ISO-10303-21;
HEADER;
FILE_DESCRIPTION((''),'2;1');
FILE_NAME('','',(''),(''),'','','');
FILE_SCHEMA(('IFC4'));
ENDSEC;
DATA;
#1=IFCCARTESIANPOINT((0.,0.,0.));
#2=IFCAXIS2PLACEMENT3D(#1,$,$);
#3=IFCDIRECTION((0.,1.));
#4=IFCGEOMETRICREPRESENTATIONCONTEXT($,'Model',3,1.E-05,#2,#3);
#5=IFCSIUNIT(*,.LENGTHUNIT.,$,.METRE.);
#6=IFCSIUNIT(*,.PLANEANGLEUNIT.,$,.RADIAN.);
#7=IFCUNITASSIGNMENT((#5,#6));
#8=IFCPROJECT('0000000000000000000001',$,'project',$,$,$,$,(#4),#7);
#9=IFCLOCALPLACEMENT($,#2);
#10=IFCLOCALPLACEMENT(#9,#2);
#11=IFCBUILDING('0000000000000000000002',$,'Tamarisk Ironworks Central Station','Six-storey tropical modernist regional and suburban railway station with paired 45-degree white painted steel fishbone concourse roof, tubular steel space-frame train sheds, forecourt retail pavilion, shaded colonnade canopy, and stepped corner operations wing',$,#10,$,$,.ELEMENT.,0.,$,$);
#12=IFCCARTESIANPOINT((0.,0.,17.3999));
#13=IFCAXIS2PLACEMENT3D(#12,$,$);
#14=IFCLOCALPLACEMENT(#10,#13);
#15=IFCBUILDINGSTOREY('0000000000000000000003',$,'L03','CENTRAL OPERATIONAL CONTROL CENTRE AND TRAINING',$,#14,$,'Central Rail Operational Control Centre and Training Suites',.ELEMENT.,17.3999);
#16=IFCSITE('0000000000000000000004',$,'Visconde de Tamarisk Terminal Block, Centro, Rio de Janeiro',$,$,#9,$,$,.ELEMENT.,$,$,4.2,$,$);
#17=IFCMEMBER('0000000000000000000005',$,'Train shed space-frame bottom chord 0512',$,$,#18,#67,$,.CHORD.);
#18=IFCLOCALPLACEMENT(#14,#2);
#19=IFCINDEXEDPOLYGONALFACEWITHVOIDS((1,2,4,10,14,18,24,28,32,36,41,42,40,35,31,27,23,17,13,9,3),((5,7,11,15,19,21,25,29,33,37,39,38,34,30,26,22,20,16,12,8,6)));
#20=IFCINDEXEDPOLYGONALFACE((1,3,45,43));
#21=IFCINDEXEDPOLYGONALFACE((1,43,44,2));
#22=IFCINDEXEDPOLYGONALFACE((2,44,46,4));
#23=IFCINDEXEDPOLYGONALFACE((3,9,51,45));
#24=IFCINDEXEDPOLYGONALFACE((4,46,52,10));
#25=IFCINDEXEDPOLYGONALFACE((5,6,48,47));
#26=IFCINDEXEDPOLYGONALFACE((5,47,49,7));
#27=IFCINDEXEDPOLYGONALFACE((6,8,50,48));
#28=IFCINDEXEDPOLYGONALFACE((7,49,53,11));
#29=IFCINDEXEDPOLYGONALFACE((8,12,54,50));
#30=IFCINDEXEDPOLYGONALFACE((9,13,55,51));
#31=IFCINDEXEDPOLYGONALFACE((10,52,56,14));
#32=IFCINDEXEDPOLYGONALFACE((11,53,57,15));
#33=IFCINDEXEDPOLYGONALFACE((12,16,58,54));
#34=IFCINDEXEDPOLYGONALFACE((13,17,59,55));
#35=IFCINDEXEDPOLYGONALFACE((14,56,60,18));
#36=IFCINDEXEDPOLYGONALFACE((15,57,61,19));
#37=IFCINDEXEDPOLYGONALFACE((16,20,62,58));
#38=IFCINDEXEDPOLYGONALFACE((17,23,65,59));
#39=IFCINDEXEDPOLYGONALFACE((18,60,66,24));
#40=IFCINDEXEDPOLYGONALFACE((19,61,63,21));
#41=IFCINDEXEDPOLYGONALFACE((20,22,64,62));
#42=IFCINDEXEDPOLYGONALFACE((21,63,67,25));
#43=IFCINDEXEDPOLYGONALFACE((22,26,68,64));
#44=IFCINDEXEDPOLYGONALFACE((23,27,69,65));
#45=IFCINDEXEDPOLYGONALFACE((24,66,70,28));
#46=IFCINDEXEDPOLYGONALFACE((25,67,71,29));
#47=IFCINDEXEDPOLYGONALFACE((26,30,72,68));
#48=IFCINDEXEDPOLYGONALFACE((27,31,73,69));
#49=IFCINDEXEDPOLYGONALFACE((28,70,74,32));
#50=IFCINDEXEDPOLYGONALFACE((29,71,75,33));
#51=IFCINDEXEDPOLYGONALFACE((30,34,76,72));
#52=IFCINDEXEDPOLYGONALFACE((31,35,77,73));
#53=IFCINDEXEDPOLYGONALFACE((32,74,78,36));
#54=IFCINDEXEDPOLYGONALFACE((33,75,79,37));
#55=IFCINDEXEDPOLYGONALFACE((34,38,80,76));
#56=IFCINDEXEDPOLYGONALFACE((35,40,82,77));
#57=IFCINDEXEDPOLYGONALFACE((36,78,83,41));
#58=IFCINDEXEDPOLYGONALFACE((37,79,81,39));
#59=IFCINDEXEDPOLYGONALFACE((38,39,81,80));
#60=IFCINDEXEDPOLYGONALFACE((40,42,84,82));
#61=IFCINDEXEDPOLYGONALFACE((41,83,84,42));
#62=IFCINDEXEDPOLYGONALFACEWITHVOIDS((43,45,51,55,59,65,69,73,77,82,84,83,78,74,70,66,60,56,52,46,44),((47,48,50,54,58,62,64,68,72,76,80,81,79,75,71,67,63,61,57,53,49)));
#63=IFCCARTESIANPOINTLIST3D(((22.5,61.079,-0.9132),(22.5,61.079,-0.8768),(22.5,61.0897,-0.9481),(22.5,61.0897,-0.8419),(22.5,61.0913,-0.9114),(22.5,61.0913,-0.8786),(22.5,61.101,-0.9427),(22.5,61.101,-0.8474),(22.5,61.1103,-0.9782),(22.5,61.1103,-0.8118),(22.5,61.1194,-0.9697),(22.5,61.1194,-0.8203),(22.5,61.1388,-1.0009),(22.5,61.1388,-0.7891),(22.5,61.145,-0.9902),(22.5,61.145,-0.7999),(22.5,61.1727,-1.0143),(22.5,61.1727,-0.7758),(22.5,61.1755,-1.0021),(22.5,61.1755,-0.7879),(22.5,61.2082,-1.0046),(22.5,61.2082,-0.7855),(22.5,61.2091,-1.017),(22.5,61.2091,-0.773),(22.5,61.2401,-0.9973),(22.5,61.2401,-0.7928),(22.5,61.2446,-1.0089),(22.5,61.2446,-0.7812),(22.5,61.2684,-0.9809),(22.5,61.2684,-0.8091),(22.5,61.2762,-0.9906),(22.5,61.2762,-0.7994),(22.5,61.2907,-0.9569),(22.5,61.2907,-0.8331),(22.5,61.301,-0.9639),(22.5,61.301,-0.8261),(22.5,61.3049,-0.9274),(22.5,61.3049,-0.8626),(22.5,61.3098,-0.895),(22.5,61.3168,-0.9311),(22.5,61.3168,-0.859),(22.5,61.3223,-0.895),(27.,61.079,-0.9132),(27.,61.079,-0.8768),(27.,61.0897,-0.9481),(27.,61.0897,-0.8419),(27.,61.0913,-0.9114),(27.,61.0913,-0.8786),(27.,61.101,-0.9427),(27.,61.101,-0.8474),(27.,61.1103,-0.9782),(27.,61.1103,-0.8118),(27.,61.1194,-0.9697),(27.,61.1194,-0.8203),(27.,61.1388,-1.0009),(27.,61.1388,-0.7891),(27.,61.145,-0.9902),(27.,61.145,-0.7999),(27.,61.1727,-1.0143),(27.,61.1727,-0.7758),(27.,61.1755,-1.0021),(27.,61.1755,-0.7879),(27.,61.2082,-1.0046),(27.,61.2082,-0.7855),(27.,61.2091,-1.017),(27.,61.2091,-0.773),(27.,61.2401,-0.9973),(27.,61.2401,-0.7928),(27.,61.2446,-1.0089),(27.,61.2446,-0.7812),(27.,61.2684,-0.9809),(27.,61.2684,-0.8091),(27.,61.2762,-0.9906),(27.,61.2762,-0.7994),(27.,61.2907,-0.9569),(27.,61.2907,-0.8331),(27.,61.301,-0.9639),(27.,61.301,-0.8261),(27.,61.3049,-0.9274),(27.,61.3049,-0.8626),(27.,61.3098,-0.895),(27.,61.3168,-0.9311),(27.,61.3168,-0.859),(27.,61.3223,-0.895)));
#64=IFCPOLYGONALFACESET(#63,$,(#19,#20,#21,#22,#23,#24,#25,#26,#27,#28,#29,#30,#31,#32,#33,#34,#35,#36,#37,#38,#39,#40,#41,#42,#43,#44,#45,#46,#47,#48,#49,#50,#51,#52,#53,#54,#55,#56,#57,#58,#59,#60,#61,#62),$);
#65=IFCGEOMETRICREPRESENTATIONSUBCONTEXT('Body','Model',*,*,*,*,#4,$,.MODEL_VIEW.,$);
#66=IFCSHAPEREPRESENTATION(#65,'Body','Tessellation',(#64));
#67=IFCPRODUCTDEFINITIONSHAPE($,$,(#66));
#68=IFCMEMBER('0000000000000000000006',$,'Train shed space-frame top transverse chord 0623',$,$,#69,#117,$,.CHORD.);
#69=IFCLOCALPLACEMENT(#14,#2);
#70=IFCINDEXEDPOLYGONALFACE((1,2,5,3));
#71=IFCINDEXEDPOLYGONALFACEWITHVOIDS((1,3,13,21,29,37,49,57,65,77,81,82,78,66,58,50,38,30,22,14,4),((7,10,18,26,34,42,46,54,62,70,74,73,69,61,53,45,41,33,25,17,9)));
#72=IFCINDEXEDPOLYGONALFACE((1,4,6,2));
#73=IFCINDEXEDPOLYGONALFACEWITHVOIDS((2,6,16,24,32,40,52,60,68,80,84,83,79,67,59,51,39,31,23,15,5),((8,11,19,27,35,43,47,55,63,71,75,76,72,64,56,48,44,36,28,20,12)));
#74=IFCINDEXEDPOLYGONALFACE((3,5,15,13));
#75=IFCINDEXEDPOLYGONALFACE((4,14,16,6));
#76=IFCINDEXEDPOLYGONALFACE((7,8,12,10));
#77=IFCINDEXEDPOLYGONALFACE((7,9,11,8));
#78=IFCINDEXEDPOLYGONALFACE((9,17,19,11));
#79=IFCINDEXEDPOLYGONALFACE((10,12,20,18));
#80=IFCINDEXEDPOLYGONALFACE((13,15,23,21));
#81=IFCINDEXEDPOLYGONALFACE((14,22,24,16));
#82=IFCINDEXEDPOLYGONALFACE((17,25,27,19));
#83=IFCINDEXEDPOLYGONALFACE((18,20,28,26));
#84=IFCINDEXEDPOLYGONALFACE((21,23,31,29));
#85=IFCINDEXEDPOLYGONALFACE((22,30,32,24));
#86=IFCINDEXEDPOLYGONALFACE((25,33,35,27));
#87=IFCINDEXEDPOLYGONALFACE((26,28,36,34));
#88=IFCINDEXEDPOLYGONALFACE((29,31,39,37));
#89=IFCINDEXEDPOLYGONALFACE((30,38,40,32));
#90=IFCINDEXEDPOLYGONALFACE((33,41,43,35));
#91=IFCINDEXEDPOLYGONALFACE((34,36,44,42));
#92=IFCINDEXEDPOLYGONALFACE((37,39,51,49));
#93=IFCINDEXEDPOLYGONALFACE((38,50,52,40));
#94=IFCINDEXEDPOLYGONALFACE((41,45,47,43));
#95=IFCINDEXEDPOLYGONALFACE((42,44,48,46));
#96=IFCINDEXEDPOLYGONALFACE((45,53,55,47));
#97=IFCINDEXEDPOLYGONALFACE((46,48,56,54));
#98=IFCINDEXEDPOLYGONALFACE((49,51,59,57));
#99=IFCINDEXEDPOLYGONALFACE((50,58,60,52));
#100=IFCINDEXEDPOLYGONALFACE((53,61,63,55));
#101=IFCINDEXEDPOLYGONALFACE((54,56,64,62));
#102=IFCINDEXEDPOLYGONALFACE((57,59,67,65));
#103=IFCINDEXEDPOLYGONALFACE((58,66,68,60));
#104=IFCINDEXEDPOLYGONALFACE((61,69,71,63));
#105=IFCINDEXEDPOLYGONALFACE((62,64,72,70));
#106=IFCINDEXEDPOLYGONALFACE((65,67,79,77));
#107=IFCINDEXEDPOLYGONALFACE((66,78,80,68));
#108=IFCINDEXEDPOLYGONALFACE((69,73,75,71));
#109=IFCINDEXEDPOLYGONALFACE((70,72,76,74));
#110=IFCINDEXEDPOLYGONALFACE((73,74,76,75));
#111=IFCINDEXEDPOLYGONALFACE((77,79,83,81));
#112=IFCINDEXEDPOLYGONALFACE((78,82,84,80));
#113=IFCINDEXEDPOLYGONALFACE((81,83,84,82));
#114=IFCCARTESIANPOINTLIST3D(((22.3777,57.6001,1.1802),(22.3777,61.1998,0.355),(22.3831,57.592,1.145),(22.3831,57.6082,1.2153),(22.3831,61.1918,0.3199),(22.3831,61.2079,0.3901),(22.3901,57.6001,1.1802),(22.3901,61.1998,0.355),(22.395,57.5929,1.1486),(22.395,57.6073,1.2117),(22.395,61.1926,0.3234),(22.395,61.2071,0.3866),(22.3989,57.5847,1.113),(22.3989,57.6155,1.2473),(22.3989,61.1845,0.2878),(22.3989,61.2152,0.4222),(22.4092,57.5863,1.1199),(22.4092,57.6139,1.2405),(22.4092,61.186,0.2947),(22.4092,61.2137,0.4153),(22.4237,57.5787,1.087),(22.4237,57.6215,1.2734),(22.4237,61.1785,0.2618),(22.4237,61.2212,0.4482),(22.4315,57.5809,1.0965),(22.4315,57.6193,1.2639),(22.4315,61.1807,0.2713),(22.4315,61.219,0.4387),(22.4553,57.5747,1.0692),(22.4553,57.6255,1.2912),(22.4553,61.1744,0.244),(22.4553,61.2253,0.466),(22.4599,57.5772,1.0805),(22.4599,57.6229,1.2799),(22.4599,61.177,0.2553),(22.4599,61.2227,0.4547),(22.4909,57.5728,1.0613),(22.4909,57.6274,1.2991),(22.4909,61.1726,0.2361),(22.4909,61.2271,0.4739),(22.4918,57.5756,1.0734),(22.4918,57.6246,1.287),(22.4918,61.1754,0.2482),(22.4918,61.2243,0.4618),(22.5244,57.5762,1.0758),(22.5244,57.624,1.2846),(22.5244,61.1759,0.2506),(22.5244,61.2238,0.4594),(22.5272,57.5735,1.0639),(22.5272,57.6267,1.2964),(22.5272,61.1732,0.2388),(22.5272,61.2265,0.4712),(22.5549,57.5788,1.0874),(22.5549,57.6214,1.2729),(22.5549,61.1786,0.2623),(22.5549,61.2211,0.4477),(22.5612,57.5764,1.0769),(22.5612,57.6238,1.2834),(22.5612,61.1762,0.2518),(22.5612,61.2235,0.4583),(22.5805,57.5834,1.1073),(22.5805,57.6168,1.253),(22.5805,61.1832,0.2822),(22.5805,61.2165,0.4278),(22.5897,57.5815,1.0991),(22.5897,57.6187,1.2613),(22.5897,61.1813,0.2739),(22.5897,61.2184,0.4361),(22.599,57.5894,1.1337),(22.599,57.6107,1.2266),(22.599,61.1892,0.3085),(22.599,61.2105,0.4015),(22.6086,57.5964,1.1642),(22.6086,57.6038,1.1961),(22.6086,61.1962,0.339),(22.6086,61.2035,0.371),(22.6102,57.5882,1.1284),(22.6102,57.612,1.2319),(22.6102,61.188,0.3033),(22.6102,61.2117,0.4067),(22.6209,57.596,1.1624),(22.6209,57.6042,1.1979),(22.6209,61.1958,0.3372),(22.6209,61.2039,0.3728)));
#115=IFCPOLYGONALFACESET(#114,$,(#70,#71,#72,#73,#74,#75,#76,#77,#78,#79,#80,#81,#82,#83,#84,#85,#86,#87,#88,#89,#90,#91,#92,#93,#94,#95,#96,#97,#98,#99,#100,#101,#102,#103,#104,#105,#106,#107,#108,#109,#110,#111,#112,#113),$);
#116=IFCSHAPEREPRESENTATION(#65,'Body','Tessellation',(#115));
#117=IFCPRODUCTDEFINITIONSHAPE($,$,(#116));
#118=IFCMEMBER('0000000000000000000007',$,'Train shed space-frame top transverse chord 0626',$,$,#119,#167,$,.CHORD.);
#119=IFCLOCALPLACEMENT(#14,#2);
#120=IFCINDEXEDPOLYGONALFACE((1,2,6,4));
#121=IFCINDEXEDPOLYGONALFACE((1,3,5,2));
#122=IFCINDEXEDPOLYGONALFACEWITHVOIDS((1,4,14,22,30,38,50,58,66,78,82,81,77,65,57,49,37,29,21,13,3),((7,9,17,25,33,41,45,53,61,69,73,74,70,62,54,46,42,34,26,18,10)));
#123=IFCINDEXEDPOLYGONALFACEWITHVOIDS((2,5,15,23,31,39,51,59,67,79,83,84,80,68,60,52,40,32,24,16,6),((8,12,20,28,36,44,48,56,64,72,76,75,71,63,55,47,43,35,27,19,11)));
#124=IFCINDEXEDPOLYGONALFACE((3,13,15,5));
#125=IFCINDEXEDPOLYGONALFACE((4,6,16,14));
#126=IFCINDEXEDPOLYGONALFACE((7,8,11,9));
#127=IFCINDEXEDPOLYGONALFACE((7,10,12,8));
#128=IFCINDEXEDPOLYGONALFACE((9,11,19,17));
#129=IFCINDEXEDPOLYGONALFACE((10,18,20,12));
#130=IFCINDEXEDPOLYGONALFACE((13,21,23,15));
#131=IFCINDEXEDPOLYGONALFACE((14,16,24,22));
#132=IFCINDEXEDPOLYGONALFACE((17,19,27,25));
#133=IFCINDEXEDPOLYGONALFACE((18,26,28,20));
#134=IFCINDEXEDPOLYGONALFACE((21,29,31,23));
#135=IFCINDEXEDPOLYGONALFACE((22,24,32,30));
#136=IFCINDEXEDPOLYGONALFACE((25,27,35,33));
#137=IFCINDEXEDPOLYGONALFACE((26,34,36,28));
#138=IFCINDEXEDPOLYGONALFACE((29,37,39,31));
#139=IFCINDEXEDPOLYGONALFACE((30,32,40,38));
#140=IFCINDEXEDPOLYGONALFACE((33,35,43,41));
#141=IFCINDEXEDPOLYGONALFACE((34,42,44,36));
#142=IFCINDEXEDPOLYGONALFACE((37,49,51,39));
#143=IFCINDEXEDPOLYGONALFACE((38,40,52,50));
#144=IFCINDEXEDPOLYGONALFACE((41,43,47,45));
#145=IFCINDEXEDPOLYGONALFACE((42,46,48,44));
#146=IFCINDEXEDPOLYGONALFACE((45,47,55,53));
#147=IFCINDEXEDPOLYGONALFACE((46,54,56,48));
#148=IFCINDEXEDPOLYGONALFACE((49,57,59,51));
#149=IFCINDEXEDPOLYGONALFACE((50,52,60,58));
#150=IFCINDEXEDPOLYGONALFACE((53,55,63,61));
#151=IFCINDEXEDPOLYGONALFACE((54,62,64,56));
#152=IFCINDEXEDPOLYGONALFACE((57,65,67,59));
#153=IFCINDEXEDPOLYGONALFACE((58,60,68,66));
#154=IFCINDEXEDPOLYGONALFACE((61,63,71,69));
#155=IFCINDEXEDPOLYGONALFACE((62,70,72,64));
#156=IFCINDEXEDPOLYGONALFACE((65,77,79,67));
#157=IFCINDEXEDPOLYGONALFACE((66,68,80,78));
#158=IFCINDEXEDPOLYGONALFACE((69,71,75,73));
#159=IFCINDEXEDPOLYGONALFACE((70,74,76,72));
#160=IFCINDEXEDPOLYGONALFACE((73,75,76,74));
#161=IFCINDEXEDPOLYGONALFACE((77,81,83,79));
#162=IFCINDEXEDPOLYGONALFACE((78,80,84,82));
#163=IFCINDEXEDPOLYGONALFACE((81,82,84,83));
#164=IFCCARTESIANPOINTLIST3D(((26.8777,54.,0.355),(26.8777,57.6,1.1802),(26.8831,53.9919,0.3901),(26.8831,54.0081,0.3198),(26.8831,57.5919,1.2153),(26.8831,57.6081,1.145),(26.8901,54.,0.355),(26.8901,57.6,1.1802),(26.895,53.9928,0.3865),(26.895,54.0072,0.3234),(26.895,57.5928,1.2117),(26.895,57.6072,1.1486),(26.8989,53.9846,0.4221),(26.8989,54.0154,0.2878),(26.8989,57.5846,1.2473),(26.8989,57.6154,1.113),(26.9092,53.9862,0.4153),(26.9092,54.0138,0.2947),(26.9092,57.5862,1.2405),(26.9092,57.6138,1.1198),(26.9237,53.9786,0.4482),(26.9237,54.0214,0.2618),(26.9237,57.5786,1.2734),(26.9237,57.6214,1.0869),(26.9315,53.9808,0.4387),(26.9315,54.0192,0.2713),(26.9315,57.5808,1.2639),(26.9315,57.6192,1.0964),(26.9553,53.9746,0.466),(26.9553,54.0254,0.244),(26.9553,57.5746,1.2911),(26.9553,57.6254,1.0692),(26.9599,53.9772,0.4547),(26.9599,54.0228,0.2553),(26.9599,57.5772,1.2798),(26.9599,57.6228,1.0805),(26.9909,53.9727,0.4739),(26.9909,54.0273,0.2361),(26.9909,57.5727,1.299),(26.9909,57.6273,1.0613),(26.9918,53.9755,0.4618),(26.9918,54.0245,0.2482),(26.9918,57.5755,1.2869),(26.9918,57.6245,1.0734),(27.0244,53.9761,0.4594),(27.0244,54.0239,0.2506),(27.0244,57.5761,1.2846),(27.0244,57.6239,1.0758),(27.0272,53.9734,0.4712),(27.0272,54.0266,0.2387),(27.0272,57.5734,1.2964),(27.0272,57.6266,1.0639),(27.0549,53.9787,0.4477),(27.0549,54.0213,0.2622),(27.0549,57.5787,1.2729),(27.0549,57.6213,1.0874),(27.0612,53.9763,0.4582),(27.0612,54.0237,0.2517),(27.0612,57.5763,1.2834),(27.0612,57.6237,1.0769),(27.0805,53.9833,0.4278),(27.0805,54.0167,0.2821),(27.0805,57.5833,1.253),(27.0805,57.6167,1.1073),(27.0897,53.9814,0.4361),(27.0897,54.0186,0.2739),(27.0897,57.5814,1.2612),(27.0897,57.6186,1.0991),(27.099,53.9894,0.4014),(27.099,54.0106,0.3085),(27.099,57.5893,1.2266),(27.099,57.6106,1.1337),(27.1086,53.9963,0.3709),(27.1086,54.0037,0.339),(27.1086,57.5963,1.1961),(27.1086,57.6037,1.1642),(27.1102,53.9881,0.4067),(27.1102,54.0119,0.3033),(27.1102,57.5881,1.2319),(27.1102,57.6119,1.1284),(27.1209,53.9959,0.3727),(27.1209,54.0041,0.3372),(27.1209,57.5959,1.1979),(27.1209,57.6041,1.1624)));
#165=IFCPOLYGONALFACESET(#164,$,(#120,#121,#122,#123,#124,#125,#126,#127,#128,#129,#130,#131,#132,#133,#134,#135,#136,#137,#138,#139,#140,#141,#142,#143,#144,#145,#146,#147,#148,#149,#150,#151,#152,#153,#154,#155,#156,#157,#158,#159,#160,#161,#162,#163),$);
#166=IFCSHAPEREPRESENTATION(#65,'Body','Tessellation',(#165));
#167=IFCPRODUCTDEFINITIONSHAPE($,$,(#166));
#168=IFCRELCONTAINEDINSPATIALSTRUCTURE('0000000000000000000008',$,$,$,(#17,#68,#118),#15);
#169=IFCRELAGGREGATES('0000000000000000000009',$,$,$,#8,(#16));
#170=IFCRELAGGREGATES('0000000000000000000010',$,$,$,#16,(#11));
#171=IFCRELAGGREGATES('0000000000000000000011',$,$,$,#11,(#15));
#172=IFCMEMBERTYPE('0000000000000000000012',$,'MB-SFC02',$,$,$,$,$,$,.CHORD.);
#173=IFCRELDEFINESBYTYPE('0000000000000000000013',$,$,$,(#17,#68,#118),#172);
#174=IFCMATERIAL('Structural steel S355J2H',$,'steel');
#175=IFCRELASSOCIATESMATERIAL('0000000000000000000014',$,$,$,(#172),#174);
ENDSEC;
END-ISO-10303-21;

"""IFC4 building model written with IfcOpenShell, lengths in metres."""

from ifc_helpers import new_model, si_unit, direction, frame, origin, origin_2d, place, context, subcontext, project, spatial, hollow_circle, extrude, material, material_profile, profile_set, type_object, element, save


model = new_model("IFC4")

# Units and contexts
model_context = context("Model", 3, precision=1e-05, world=origin(), true_north=direction((0.0, 1.0)))
body_context = subcontext(model_context, "Body", "Model", "MODEL_VIEW")
ifc_project = project(units=[si_unit("LENGTHUNIT", "METRE"), si_unit("PLANEANGLEUNIT", "RADIAN")], contexts=[model_context])

# Site, building, storey
site_placement = place(None, origin())
site = spatial("IfcSite", under=ifc_project, at=site_placement, Name="Visconde de Tamarisk Terminal Block, Centro, Rio de Janeiro", CompositionType="ELEMENT", RefElevation=4.2)
building_placement = place(site_placement, origin())
building = spatial("IfcBuilding", under=site, at=building_placement, Name="Tamarisk Ironworks Central Station", Description="Six-storey tropical modernist regional and suburban railway station with paired 45-degree white painted steel fishbone concourse roof, tubular steel space-frame train sheds, forecourt retail pavilion, shaded colonnade canopy, and stepped corner operations wing", CompositionType="ELEMENT", ElevationOfRefHeight=0.0)
storey_placement = place(building_placement, frame((0.0, 0.0, 17.3999)))
storey = spatial("IfcBuildingStorey", under=building, at=storey_placement, Name="L03", Description="CENTRAL OPERATIONAL CONTROL CENTRE AND TRAINING", LongName="Central Rail Operational Control Centre and Training Suites", CompositionType="ELEMENT", Elevation=17.3999)

# Members
ifc_material_1 = material(Name="Structural steel S355J2H", Category="steel")
ifc_material_profile_1 = material_profile(ifc_material_1, hollow_circle(Radius=0.1223, WallThickness=0.0125, at=origin_2d()), Name="CHS 244.5x12.5")
ifc_profile_set_1 = profile_set([ifc_material_profile_1], Name="Structural steel S355J2H")
member_type_1 = type_object("IfcMemberType", Name="MB-SFC02", PredefinedType="CHORD", material=ifc_profile_set_1)
for number, where, z_axis, x_axis, name in (
    (1, (22.5, 61.2, -0.895), (1.0, 0.0, 0.0), (0.0, 1.0, 0.0), "Train shed space-frame bottom chord 0512"),
):
    element("IfcMember", number, at=place(storey_placement, frame(where, z_axis=z_axis, x_axis=x_axis)), inside=storey, type_object=member_type_1, Name=name, PredefinedType="CHORD", context=body_context, shape_type="SweptSolid", body=[
        extrude(hollow_circle(Radius=0.1223, WallThickness=0.0125, at=origin_2d()), origin(), (0.0, 0.0, 1.0), 4.5),
    ])
member_1_placement = place(storey_placement, frame((22.5, 57.6001, 1.1802), z_axis=(0.0, 0.974719, -0.223435), x_axis=(-1.0, 0.0, 0.0)))
element("IfcMember", 2, at=member_1_placement, inside=storey, type_object=member_type_1, Name="Train shed space-frame top transverse chord 0623", PredefinedType="CHORD", context=body_context, shape_type="SweptSolid", body=[
    extrude(hollow_circle(Radius=0.1223, WallThickness=0.0125, at=origin_2d()), origin(), (0.0, 0.0, 1.0), 3.6931),
])
member_2_placement = place(storey_placement, frame((27.0, 54.0, 0.355), z_axis=(0.0, 0.974722, 0.223421), x_axis=(-1.0, 0.0, 0.0)))
element("IfcMember", 3, at=member_2_placement, inside=storey, type_object=member_type_1, Name="Train shed space-frame top transverse chord 0626", PredefinedType="CHORD", context=body_context, shape_type="SweptSolid", body=[
    extrude(hollow_circle(Radius=0.1223, WallThickness=0.0125, at=origin_2d()), origin(), (0.0, 0.0, 1.0), 3.6934),
])

save(model, "model.ifc")
